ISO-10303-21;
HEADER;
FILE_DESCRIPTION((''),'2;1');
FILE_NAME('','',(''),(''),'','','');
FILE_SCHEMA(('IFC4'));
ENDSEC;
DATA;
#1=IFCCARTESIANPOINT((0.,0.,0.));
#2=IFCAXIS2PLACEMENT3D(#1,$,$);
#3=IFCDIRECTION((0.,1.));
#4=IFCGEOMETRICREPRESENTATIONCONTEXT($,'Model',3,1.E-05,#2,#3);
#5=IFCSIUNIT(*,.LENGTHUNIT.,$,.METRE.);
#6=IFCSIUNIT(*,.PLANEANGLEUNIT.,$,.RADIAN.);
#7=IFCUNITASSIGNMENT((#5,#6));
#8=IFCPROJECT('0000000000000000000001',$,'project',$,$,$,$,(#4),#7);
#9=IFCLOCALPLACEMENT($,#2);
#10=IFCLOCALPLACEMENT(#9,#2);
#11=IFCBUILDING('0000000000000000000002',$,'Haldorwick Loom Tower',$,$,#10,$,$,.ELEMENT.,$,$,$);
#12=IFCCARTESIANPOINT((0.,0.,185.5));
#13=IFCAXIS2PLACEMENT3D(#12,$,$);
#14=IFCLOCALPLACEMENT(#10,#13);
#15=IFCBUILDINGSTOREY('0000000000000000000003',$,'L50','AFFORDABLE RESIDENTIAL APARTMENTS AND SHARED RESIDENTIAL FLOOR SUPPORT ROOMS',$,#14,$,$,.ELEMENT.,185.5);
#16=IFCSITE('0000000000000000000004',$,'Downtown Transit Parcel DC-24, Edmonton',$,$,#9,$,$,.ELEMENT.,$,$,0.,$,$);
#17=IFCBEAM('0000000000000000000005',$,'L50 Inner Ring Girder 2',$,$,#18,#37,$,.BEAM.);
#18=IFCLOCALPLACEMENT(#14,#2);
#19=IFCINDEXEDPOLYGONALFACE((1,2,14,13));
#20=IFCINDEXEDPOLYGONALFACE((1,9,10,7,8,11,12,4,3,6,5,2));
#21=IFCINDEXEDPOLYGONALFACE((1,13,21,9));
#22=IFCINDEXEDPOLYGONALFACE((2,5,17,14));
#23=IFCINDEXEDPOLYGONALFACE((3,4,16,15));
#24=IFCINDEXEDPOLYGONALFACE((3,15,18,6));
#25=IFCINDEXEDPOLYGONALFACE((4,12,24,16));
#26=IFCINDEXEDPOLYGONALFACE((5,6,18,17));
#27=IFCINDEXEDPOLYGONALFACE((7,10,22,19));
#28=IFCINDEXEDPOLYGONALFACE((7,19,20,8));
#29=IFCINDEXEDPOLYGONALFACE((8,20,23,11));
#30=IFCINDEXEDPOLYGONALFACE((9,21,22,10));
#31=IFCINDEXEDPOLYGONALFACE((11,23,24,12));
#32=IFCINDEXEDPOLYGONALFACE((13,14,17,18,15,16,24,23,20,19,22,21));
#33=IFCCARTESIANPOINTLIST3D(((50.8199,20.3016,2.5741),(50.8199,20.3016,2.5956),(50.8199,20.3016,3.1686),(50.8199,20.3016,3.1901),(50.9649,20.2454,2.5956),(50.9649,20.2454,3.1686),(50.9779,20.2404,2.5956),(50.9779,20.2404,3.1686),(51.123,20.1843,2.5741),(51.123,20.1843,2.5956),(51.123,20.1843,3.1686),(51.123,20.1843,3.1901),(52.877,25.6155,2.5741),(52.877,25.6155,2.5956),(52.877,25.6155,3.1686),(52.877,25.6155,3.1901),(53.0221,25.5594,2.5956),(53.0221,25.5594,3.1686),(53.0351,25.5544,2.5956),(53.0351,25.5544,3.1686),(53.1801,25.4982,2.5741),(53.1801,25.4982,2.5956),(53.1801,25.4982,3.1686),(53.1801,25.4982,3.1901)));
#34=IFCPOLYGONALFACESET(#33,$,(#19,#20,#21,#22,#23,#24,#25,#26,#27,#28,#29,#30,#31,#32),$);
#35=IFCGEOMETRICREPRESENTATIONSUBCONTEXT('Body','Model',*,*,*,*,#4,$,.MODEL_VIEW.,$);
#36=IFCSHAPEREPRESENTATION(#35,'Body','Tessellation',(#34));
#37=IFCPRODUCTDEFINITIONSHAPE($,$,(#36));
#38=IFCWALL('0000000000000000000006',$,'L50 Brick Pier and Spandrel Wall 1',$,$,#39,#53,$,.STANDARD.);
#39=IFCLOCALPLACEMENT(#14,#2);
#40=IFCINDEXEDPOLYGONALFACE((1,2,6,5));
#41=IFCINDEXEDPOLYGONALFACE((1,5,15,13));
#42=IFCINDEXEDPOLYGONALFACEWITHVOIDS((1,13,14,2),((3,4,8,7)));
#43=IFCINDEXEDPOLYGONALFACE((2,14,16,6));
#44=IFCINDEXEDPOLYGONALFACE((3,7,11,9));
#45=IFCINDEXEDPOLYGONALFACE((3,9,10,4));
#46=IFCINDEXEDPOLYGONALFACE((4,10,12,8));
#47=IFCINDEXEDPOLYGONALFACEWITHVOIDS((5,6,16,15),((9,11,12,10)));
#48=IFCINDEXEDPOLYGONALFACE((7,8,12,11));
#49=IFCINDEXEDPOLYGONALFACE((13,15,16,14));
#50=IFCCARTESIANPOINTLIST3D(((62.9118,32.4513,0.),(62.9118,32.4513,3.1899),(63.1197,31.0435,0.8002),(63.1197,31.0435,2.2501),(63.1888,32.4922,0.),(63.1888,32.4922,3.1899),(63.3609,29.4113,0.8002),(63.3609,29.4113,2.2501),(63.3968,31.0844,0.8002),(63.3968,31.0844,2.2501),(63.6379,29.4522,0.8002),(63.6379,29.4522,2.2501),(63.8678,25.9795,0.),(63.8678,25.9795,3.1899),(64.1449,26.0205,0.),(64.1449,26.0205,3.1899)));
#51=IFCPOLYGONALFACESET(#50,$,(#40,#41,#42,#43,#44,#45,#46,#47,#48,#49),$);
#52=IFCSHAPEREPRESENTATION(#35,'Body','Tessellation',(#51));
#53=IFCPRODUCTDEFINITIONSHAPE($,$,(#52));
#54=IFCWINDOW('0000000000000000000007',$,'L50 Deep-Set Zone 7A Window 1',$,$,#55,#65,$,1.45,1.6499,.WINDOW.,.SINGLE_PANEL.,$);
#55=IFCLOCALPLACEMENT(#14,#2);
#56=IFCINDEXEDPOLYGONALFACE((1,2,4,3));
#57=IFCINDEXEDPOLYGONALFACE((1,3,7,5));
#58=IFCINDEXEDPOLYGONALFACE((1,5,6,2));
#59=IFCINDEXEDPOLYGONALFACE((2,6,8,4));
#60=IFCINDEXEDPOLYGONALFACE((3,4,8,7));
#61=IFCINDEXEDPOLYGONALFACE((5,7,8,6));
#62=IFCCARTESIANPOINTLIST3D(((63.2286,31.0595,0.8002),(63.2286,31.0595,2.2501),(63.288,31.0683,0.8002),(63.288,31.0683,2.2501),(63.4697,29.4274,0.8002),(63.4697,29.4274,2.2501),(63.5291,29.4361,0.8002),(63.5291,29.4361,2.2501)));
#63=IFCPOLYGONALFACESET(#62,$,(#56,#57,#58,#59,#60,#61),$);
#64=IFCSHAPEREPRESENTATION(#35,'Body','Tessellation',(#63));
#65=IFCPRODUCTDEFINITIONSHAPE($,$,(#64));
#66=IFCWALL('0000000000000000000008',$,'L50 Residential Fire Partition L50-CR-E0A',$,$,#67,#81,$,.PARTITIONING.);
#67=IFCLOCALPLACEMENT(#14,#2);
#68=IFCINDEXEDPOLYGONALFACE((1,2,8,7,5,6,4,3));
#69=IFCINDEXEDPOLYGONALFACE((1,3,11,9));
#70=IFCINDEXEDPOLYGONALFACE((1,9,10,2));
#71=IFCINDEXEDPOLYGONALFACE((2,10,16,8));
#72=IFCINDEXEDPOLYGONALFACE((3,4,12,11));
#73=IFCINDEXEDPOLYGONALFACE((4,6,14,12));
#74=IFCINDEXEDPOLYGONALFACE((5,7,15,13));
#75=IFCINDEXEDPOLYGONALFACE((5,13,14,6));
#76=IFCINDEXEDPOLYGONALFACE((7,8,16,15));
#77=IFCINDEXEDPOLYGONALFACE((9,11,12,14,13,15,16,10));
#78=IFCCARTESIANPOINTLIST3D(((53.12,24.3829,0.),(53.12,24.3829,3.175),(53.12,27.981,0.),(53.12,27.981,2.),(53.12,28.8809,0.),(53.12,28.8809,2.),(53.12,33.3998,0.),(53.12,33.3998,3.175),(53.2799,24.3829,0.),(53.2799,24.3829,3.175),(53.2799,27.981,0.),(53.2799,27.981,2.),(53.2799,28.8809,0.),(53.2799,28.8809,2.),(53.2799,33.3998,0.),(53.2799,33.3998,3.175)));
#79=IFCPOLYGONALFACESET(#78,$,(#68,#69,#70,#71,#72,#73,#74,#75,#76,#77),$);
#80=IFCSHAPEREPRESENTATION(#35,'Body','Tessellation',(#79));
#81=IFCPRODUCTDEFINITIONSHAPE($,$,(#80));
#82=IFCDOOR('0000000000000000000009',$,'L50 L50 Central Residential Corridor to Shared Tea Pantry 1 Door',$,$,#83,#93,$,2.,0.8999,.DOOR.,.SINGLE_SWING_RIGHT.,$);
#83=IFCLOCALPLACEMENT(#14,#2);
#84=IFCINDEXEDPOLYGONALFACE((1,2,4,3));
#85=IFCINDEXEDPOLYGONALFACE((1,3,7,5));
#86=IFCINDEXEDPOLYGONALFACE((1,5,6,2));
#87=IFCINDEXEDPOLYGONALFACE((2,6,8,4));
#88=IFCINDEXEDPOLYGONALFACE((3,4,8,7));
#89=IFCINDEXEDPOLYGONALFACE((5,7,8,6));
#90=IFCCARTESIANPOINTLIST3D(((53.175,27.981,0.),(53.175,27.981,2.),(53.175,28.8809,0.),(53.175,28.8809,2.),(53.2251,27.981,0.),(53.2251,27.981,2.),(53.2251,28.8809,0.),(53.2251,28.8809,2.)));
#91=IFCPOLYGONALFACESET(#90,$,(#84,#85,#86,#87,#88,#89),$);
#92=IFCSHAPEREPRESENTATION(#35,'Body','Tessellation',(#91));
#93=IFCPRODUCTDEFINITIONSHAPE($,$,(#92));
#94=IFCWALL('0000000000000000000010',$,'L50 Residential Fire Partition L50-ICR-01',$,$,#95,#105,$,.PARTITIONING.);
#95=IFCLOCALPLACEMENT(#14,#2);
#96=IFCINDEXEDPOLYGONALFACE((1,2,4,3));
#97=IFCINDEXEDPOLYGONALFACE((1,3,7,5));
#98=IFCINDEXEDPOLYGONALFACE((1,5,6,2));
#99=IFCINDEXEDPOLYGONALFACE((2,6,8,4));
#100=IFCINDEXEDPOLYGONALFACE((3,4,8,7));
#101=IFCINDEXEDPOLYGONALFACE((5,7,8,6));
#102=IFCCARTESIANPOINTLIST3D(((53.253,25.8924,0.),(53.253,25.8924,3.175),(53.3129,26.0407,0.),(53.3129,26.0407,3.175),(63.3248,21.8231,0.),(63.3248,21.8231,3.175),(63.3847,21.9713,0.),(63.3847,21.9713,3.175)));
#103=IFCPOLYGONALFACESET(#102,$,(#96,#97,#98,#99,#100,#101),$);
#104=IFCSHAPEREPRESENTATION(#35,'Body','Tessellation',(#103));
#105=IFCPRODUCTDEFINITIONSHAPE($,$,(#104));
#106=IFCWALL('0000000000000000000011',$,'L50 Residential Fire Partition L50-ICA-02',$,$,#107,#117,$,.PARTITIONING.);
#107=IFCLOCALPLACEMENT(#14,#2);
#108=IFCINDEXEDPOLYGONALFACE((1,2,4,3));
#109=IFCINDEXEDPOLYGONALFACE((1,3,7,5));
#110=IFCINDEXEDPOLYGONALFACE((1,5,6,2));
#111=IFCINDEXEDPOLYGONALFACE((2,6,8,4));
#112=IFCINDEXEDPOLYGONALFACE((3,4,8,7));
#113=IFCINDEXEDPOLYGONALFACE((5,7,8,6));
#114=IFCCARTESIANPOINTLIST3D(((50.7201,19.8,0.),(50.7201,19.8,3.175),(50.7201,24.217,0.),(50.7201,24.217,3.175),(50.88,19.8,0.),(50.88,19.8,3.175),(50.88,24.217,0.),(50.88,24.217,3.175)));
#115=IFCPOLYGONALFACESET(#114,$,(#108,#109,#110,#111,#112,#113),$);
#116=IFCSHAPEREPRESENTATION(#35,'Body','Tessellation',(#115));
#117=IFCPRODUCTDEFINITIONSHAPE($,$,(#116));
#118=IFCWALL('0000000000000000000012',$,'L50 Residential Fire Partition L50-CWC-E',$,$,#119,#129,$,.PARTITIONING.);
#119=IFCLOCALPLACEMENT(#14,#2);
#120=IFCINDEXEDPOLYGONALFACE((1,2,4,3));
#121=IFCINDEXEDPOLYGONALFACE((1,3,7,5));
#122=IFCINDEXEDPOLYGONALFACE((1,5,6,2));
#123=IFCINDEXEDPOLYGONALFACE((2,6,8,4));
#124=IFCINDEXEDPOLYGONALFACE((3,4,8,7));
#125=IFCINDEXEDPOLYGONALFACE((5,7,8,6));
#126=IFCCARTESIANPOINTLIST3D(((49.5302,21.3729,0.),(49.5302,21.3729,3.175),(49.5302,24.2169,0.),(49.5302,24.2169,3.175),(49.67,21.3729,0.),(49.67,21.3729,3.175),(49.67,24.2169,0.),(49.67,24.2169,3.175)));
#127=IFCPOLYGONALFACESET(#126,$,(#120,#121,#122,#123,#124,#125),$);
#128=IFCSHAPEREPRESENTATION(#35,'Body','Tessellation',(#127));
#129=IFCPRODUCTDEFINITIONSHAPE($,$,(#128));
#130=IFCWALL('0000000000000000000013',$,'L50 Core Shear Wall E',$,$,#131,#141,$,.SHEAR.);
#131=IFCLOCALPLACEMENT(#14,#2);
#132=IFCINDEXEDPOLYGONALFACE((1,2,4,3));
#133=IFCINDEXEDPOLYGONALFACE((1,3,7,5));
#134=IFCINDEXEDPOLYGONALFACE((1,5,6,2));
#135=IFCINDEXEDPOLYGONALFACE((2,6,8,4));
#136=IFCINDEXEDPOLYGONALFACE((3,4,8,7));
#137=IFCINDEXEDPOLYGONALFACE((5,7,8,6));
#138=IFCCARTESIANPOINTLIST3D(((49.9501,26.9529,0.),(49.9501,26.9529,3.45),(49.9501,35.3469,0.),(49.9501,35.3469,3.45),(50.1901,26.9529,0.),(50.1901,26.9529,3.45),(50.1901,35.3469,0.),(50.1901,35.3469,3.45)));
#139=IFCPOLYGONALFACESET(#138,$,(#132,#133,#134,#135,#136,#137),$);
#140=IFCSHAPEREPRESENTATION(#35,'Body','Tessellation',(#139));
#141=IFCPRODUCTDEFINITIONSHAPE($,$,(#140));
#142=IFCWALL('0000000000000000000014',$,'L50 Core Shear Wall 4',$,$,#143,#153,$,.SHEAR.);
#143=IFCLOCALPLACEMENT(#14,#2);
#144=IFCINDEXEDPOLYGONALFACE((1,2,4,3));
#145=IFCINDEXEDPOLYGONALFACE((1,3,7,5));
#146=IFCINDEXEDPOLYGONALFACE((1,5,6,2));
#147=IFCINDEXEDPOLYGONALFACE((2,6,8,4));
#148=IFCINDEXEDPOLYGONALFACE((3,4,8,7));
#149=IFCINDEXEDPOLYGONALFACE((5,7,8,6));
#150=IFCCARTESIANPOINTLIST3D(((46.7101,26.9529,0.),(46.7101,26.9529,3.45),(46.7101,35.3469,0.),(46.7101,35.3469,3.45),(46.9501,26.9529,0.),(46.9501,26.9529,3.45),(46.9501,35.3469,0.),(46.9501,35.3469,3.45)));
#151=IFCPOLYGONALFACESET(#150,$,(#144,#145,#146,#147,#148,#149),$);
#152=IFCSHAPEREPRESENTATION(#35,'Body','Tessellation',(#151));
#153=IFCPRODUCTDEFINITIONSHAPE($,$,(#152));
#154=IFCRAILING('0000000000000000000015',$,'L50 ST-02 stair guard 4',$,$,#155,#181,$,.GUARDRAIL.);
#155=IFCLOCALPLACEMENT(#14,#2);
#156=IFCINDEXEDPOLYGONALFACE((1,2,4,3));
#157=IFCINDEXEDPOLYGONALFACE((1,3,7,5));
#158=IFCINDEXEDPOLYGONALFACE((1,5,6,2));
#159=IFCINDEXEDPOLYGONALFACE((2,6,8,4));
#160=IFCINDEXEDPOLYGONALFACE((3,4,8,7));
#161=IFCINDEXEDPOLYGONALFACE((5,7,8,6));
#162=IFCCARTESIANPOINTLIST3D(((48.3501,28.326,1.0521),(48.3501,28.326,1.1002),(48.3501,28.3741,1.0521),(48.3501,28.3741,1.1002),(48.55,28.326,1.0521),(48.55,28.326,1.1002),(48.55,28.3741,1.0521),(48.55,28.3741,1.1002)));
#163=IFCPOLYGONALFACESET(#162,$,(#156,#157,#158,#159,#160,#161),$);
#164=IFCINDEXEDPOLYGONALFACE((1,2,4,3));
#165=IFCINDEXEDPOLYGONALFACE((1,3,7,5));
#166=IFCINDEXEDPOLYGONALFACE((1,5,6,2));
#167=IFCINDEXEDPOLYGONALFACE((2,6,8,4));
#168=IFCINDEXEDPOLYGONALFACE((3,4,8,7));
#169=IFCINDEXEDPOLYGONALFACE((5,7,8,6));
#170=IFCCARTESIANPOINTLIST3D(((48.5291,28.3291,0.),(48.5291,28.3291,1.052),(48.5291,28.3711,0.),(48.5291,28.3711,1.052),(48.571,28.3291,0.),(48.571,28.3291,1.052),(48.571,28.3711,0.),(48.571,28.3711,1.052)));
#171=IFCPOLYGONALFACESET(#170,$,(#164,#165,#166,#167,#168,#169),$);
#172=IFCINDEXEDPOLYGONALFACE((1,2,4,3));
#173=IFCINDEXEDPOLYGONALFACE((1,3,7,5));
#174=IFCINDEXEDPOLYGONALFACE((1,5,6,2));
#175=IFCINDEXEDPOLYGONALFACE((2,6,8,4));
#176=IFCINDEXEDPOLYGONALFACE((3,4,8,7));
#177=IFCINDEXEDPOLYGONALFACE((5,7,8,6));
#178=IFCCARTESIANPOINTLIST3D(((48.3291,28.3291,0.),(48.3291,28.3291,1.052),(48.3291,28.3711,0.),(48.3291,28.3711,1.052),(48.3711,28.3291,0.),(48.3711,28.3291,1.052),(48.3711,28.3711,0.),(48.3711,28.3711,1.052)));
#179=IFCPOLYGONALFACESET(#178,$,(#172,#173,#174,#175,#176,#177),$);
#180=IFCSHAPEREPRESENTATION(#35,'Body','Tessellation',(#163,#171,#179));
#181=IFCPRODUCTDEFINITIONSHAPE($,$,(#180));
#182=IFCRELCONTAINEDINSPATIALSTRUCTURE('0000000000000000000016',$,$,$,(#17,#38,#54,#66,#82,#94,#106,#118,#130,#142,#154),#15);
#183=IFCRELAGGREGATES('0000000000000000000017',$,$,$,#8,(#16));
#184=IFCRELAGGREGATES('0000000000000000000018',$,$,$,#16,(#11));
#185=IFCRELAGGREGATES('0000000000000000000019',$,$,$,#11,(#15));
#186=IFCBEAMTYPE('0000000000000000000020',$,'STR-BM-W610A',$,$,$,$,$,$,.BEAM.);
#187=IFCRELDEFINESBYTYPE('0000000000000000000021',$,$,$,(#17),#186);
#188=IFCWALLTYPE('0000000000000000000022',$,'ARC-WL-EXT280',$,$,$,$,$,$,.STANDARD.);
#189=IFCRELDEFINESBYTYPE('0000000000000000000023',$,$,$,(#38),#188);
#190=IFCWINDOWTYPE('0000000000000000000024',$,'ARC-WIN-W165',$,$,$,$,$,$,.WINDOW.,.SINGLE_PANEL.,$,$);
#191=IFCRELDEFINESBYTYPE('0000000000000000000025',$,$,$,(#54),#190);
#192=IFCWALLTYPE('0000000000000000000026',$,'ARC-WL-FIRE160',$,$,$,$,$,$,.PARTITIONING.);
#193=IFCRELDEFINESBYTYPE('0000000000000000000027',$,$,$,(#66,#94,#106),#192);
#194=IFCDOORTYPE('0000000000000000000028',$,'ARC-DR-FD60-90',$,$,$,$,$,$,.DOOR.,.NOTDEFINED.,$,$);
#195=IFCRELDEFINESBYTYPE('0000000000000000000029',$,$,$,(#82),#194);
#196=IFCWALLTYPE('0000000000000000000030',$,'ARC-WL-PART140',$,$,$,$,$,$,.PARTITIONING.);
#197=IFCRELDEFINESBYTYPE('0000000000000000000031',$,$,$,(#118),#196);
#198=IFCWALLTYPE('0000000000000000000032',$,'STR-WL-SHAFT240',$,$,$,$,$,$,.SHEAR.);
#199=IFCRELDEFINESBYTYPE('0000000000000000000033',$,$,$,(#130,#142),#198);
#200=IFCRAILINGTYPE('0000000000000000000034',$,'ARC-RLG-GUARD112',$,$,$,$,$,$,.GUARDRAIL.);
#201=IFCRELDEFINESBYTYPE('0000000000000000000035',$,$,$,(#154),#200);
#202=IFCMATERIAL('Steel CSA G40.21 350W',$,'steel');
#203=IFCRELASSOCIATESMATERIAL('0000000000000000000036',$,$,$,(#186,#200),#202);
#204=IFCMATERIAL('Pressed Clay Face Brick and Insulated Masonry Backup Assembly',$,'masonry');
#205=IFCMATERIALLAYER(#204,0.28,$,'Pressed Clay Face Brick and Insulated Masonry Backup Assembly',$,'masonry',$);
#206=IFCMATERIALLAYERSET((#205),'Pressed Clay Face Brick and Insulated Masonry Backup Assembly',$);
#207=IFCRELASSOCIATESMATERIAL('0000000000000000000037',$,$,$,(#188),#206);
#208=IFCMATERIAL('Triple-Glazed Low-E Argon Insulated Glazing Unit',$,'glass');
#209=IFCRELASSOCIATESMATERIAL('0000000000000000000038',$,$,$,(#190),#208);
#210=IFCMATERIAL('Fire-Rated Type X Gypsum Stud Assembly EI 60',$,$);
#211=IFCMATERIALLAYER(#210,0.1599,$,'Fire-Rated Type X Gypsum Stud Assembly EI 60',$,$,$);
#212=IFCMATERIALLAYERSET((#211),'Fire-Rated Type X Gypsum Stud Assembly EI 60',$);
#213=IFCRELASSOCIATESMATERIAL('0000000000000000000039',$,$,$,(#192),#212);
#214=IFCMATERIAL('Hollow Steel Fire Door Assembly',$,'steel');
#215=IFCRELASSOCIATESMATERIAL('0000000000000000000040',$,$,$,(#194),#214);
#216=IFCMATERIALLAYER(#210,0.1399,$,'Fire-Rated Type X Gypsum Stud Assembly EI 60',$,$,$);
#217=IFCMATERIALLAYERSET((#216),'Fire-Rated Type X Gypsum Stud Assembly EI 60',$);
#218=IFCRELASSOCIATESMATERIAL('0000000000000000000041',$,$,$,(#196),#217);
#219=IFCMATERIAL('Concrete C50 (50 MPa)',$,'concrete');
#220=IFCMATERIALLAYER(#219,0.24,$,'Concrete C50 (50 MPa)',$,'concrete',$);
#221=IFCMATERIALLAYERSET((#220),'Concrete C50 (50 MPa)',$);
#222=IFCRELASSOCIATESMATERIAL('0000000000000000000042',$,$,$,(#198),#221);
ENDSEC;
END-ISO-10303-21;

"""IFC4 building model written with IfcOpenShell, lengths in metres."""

from ifc_helpers import new_model, si_unit, direction, frame, frame_2d, origin, origin_2d, place, context, subcontext, project, spatial, rectangle, i_section, extrude, material, layer, layer_set, material_profile, profile_set, type_object, element, fill, save


model = new_model("IFC4")

# Units and contexts
model_context = context("Model", 3, precision=1e-05, world=origin(), true_north=direction((0.0, 1.0)))
body_context = subcontext(model_context, "Body", "Model", "MODEL_VIEW")
ifc_project = project(units=[si_unit("LENGTHUNIT", "METRE"), si_unit("PLANEANGLEUNIT", "RADIAN")], contexts=[model_context])

# Site, building, storey
site_placement = place(None, origin())
site = spatial("IfcSite", under=ifc_project, at=site_placement, Name="Downtown Transit Parcel DC-24, Edmonton", CompositionType="ELEMENT", RefElevation=0.0)
building_placement = place(site_placement, origin())
building = spatial("IfcBuilding", under=site, at=building_placement, Name="Haldorwick Loom Tower", CompositionType="ELEMENT")
storey_placement = place(building_placement, frame((0.0, 0.0, 185.5)))
storey = spatial("IfcBuildingStorey", under=building, at=storey_placement, Name="L50", Description="AFFORDABLE RESIDENTIAL APARTMENTS AND SHARED RESIDENTIAL FLOOR SUPPORT ROOMS", CompositionType="ELEMENT", Elevation=185.5)

# Shared definitions
ifc_material_1 = material(Name="Steel CSA G40.21 350W", Category="steel")

# Beam
ifc_material_profile_1 = material_profile(ifc_material_1, i_section(OverallWidth=0.325, OverallDepth=0.616, WebThickness=0.0139, FlangeThickness=0.0215, at=origin_2d()), Name="W610X174", Category="steel")
ifc_profile_set_1 = profile_set([ifc_material_profile_1], Name="Steel CSA G40.21 350W")
beam_type_1 = type_object("IfcBeamType", Name="STR-BM-W610A", PredefinedType="BEAM", material=ifc_profile_set_1)
beam_1_placement = place(storey_placement, frame((53.0286, 25.5569, 2.8821), z_axis=(-0.361011, -0.932562, 0.0), x_axis=(0.932562, -0.361011, 0.0)))
element("IfcBeam", 1, at=beam_1_placement, inside=storey, type_object=beam_type_1, Name="L50 Inner Ring Girder 2", PredefinedType="BEAM", context=body_context, shape_type="SweptSolid", body=[
    extrude(i_section(OverallWidth=0.325, OverallDepth=0.616, WebThickness=0.0139, FlangeThickness=0.0215, at=origin_2d()), origin(), (0.0, 0.0, 1.0), 5.6982),
])

# Wall, opening, window
ifc_material_2 = material(Name="Pressed Clay Face Brick and Insulated Masonry Backup Assembly", Category="masonry")
ifc_layer_1 = layer(ifc_material_2, 0.28, Name="Pressed Clay Face Brick and Insulated Masonry Backup Assembly", Category="masonry")
ifc_layer_set_1 = layer_set([ifc_layer_1], Name="Pressed Clay Face Brick and Insulated Masonry Backup Assembly")
wall_type_1 = type_object("IfcWallType", Name="ARC-WL-EXT280", PredefinedType="STANDARD", material=ifc_layer_set_1)
wall_1_placement = place(storey_placement, frame((64.0063, 26.0, 0.0), z_axis=(0.0, 0.0, 1.0), x_axis=(-0.146143, 0.989263, 0.0)))
wall_1 = element("IfcWall", 2, at=wall_1_placement, inside=storey, type_object=wall_type_1, Name="L50 Brick Pier and Spandrel Wall 1", PredefinedType="STANDARD", context=body_context, shape_type="SweptSolid", body=[
    extrude(rectangle(XDim=6.542, YDim=0.28, at=frame_2d((3.271, 0.0))), origin(), (0.0, 0.0, 1.0), 3.1899),
])
opening_1_placement = place(wall_1_placement, frame((3.469, 0.0, 0.8)))
opening_1 = element("IfcOpeningElement", 3, at=opening_1_placement, cuts=wall_1, PredefinedType="OPENING", context=body_context, shape_type="SweptSolid", body=[
    extrude(rectangle(XDim=1.6499, YDim=1.45, at=frame_2d((0.825, 0.7251))), frame((0.0, 0.1499, 0.0), z_axis=(0.0, -1.0, 0.0), x_axis=(1.0, 0.0, 0.0)), (0.0, 0.0, 1.0), 0.3),
])
ifc_material_3 = material(Name="Triple-Glazed Low-E Argon Insulated Glazing Unit", Category="glass")
window_type = type_object("IfcWindowType", Name="ARC-WIN-W165", PartitioningType="SINGLE_PANEL", PredefinedType="WINDOW", material=ifc_material_3)
window_placement = place(opening_1_placement, origin())
window = element("IfcWindow", 4, at=window_placement, inside=storey, type_object=window_type, Name="L50 Deep-Set Zone 7A Window 1", OverallHeight=1.45, OverallWidth=1.6499, PartitioningType="SINGLE_PANEL", PredefinedType="WINDOW", context=body_context, shape_type="SweptSolid", body=[
    extrude(rectangle(XDim=1.6499, YDim=1.45, at=frame_2d((0.825, 0.7251))), frame((0.0, 0.03, 0.0), z_axis=(0.0, -1.0, 0.0), x_axis=(1.0, 0.0, 0.0)), (0.0, 0.0, 1.0), 0.0601),
])
fill(opening_1, window)

# Wall, opening, door
ifc_material_4 = material(Name="Fire-Rated Type X Gypsum Stud Assembly EI 60")
ifc_layer_2 = layer(ifc_material_4, 0.1599, Name="Fire-Rated Type X Gypsum Stud Assembly EI 60")
ifc_layer_set_2 = layer_set([ifc_layer_2], Name="Fire-Rated Type X Gypsum Stud Assembly EI 60")
wall_type_2 = type_object("IfcWallType", Name="ARC-WL-FIRE160", PredefinedType="PARTITIONING", material=ifc_layer_set_2)
wall_2_placement = place(storey_placement, frame((53.2, 24.3831, 0.0), z_axis=(0.0, 0.0, 1.0), x_axis=(0.0, 1.0, 0.0)))
wall_2 = element("IfcWall", 5, at=wall_2_placement, inside=storey, type_object=wall_type_2, Name="L50 Residential Fire Partition L50-CR-E0A", PredefinedType="PARTITIONING", context=body_context, shape_type="SweptSolid", body=[
    extrude(rectangle(XDim=9.0168, YDim=0.1599, at=frame_2d((4.5083, 0.0))), origin(), (0.0, 0.0, 1.0), 3.175),
])
opening_2_placement = place(wall_2_placement, frame((3.5979, 0.0, 0.0)))
opening_2 = element("IfcOpeningElement", 6, at=opening_2_placement, cuts=wall_2, PredefinedType="OPENING", context=body_context, shape_type="SweptSolid", body=[
    extrude(rectangle(XDim=0.8999, YDim=2.0, at=frame_2d((0.45, 1.0))), frame((0.0, 0.0898, 0.0), z_axis=(0.0, -1.0, 0.0), x_axis=(1.0, 0.0, 0.0)), (0.0, 0.0, 1.0), 0.1799),
])
ifc_material_5 = material(Name="Hollow Steel Fire Door Assembly", Category="steel")
door_type = type_object("IfcDoorType", Name="ARC-DR-FD60-90", OperationType="NOTDEFINED", PredefinedType="DOOR", material=ifc_material_5)
door_placement = place(opening_2_placement, origin())
door = element("IfcDoor", 7, at=door_placement, inside=storey, type_object=door_type, Name="L50 L50 Central Residential Corridor to Shared Tea Pantry 1 Door", OperationType="SINGLE_SWING_RIGHT", OverallHeight=2.0, OverallWidth=0.8999, PredefinedType="DOOR", context=body_context, shape_type="SweptSolid", body=[
    extrude(rectangle(XDim=0.8999, YDim=2.0, at=frame_2d((0.45, 1.0))), frame((0.0, 0.0249, 0.0), z_axis=(0.0, -1.0, 0.0), x_axis=(1.0, 0.0, 0.0)), (0.0, 0.0, 1.0), 0.05),
])
fill(opening_2, door)

# Walls
wall_3_placement = place(storey_placement, frame((53.283, 25.9666, 0.0), z_axis=(0.0, 0.0, 1.0), x_axis=(0.927181, -0.374612, 0.0)))
element("IfcWall", 8, at=wall_3_placement, inside=storey, type_object=wall_type_2, Name="L50 Residential Fire Partition L50-ICR-01", PredefinedType="PARTITIONING", context=body_context, shape_type="SweptSolid", body=[
    extrude(rectangle(XDim=10.8628, YDim=0.1599, at=frame_2d((5.4314, 0.0))), origin(), (0.0, 0.0, 1.0), 3.175),
])
wall_4_placement = place(storey_placement, frame((50.8, 24.217, 0.0), z_axis=(0.0, 0.0, 1.0), x_axis=(0.0, -1.0, 0.0)))
element("IfcWall", 9, at=wall_4_placement, inside=storey, type_object=wall_type_2, Name="L50 Residential Fire Partition L50-ICA-02", PredefinedType="PARTITIONING", context=body_context, shape_type="SweptSolid", body=[
    extrude(rectangle(XDim=4.417, YDim=0.1599, at=frame_2d((2.2085, 0.0))), origin(), (0.0, 0.0, 1.0), 3.175),
])
ifc_layer_3 = layer(ifc_material_4, 0.1399, Name="Fire-Rated Type X Gypsum Stud Assembly EI 60")
ifc_layer_set_3 = layer_set([ifc_layer_3], Name="Fire-Rated Type X Gypsum Stud Assembly EI 60")
wall_type_3 = type_object("IfcWallType", Name="ARC-WL-PART140", PredefinedType="PARTITIONING", material=ifc_layer_set_3)
wall_5_placement = place(storey_placement, frame((49.6001, 21.373, 0.0), z_axis=(0.0, 0.0, 1.0), x_axis=(0.0, 1.0, 0.0)))
element("IfcWall", 10, at=wall_5_placement, inside=storey, type_object=wall_type_3, Name="L50 Residential Fire Partition L50-CWC-E", PredefinedType="PARTITIONING", context=body_context, shape_type="SweptSolid", body=[
    extrude(rectangle(XDim=2.844, YDim=0.1399, at=frame_2d((1.4219, 0.0))), origin(), (0.0, 0.0, 1.0), 3.175),
])
ifc_material_6 = material(Name="Concrete C50 (50 MPa)", Category="concrete")
ifc_layer_4 = layer(ifc_material_6, 0.24, Name="Concrete C50 (50 MPa)", Category="concrete")
ifc_layer_set_4 = layer_set([ifc_layer_4], Name="Concrete C50 (50 MPa)")
wall_type_4 = type_object("IfcWallType", Name="STR-WL-SHAFT240", PredefinedType="SHEAR", material=ifc_layer_set_4)
for number, where, z_axis, x_axis, name in (
    (11, (50.0701, 26.9529, 0.0), (0.0, 0.0, 1.0), (0.0, 1.0, 0.0), "L50 Core Shear Wall E"),
    (12, (46.8301, 26.9529, 0.0), (0.0, 0.0, 1.0), (0.0, 1.0, 0.0), "L50 Core Shear Wall 4"),
):
    element("IfcWall", number, at=place(storey_placement, frame(where, z_axis=z_axis, x_axis=x_axis)), inside=storey, type_object=wall_type_4, Name=name, PredefinedType="SHEAR", context=body_context, shape_type="SweptSolid", body=[
        extrude(rectangle(XDim=8.394, YDim=0.24, at=frame_2d((4.197, 0.0))), origin(), (0.0, 0.0, 1.0), 3.45),
    ])

# Railing
railing_type = type_object("IfcRailingType", Name="ARC-RLG-GUARD112", PredefinedType="GUARDRAIL", material=ifc_material_1)
railing_placement = place(storey_placement, frame((48.55, 28.3501, 0.0)))
element("IfcRailing", 13, at=railing_placement, inside=storey, type_object=railing_type, Name="L50 ST-02 stair guard 4", PredefinedType="GUARDRAIL", context=body_context, shape_type="SweptSolid", body=[
    extrude(rectangle(XDim=0.0481, YDim=0.0481, at=origin_2d()), frame((0.0, 0.0, 1.0762), z_axis=(-1.0, 0.0, 0.0), x_axis=(0.0, -1.0, 0.0)), (0.0, 0.0, 1.0), 0.2),
    extrude(rectangle(XDim=0.042, YDim=0.042, at=origin_2d()), origin(), (0.0, 0.0, 1.0), 1.052),
    extrude(rectangle(XDim=0.042, YDim=0.042, at=origin_2d()), frame((-0.2, 0.0, 0.0)), (0.0, 0.0, 1.0), 1.052),
])

save(model, "model.ifc")
